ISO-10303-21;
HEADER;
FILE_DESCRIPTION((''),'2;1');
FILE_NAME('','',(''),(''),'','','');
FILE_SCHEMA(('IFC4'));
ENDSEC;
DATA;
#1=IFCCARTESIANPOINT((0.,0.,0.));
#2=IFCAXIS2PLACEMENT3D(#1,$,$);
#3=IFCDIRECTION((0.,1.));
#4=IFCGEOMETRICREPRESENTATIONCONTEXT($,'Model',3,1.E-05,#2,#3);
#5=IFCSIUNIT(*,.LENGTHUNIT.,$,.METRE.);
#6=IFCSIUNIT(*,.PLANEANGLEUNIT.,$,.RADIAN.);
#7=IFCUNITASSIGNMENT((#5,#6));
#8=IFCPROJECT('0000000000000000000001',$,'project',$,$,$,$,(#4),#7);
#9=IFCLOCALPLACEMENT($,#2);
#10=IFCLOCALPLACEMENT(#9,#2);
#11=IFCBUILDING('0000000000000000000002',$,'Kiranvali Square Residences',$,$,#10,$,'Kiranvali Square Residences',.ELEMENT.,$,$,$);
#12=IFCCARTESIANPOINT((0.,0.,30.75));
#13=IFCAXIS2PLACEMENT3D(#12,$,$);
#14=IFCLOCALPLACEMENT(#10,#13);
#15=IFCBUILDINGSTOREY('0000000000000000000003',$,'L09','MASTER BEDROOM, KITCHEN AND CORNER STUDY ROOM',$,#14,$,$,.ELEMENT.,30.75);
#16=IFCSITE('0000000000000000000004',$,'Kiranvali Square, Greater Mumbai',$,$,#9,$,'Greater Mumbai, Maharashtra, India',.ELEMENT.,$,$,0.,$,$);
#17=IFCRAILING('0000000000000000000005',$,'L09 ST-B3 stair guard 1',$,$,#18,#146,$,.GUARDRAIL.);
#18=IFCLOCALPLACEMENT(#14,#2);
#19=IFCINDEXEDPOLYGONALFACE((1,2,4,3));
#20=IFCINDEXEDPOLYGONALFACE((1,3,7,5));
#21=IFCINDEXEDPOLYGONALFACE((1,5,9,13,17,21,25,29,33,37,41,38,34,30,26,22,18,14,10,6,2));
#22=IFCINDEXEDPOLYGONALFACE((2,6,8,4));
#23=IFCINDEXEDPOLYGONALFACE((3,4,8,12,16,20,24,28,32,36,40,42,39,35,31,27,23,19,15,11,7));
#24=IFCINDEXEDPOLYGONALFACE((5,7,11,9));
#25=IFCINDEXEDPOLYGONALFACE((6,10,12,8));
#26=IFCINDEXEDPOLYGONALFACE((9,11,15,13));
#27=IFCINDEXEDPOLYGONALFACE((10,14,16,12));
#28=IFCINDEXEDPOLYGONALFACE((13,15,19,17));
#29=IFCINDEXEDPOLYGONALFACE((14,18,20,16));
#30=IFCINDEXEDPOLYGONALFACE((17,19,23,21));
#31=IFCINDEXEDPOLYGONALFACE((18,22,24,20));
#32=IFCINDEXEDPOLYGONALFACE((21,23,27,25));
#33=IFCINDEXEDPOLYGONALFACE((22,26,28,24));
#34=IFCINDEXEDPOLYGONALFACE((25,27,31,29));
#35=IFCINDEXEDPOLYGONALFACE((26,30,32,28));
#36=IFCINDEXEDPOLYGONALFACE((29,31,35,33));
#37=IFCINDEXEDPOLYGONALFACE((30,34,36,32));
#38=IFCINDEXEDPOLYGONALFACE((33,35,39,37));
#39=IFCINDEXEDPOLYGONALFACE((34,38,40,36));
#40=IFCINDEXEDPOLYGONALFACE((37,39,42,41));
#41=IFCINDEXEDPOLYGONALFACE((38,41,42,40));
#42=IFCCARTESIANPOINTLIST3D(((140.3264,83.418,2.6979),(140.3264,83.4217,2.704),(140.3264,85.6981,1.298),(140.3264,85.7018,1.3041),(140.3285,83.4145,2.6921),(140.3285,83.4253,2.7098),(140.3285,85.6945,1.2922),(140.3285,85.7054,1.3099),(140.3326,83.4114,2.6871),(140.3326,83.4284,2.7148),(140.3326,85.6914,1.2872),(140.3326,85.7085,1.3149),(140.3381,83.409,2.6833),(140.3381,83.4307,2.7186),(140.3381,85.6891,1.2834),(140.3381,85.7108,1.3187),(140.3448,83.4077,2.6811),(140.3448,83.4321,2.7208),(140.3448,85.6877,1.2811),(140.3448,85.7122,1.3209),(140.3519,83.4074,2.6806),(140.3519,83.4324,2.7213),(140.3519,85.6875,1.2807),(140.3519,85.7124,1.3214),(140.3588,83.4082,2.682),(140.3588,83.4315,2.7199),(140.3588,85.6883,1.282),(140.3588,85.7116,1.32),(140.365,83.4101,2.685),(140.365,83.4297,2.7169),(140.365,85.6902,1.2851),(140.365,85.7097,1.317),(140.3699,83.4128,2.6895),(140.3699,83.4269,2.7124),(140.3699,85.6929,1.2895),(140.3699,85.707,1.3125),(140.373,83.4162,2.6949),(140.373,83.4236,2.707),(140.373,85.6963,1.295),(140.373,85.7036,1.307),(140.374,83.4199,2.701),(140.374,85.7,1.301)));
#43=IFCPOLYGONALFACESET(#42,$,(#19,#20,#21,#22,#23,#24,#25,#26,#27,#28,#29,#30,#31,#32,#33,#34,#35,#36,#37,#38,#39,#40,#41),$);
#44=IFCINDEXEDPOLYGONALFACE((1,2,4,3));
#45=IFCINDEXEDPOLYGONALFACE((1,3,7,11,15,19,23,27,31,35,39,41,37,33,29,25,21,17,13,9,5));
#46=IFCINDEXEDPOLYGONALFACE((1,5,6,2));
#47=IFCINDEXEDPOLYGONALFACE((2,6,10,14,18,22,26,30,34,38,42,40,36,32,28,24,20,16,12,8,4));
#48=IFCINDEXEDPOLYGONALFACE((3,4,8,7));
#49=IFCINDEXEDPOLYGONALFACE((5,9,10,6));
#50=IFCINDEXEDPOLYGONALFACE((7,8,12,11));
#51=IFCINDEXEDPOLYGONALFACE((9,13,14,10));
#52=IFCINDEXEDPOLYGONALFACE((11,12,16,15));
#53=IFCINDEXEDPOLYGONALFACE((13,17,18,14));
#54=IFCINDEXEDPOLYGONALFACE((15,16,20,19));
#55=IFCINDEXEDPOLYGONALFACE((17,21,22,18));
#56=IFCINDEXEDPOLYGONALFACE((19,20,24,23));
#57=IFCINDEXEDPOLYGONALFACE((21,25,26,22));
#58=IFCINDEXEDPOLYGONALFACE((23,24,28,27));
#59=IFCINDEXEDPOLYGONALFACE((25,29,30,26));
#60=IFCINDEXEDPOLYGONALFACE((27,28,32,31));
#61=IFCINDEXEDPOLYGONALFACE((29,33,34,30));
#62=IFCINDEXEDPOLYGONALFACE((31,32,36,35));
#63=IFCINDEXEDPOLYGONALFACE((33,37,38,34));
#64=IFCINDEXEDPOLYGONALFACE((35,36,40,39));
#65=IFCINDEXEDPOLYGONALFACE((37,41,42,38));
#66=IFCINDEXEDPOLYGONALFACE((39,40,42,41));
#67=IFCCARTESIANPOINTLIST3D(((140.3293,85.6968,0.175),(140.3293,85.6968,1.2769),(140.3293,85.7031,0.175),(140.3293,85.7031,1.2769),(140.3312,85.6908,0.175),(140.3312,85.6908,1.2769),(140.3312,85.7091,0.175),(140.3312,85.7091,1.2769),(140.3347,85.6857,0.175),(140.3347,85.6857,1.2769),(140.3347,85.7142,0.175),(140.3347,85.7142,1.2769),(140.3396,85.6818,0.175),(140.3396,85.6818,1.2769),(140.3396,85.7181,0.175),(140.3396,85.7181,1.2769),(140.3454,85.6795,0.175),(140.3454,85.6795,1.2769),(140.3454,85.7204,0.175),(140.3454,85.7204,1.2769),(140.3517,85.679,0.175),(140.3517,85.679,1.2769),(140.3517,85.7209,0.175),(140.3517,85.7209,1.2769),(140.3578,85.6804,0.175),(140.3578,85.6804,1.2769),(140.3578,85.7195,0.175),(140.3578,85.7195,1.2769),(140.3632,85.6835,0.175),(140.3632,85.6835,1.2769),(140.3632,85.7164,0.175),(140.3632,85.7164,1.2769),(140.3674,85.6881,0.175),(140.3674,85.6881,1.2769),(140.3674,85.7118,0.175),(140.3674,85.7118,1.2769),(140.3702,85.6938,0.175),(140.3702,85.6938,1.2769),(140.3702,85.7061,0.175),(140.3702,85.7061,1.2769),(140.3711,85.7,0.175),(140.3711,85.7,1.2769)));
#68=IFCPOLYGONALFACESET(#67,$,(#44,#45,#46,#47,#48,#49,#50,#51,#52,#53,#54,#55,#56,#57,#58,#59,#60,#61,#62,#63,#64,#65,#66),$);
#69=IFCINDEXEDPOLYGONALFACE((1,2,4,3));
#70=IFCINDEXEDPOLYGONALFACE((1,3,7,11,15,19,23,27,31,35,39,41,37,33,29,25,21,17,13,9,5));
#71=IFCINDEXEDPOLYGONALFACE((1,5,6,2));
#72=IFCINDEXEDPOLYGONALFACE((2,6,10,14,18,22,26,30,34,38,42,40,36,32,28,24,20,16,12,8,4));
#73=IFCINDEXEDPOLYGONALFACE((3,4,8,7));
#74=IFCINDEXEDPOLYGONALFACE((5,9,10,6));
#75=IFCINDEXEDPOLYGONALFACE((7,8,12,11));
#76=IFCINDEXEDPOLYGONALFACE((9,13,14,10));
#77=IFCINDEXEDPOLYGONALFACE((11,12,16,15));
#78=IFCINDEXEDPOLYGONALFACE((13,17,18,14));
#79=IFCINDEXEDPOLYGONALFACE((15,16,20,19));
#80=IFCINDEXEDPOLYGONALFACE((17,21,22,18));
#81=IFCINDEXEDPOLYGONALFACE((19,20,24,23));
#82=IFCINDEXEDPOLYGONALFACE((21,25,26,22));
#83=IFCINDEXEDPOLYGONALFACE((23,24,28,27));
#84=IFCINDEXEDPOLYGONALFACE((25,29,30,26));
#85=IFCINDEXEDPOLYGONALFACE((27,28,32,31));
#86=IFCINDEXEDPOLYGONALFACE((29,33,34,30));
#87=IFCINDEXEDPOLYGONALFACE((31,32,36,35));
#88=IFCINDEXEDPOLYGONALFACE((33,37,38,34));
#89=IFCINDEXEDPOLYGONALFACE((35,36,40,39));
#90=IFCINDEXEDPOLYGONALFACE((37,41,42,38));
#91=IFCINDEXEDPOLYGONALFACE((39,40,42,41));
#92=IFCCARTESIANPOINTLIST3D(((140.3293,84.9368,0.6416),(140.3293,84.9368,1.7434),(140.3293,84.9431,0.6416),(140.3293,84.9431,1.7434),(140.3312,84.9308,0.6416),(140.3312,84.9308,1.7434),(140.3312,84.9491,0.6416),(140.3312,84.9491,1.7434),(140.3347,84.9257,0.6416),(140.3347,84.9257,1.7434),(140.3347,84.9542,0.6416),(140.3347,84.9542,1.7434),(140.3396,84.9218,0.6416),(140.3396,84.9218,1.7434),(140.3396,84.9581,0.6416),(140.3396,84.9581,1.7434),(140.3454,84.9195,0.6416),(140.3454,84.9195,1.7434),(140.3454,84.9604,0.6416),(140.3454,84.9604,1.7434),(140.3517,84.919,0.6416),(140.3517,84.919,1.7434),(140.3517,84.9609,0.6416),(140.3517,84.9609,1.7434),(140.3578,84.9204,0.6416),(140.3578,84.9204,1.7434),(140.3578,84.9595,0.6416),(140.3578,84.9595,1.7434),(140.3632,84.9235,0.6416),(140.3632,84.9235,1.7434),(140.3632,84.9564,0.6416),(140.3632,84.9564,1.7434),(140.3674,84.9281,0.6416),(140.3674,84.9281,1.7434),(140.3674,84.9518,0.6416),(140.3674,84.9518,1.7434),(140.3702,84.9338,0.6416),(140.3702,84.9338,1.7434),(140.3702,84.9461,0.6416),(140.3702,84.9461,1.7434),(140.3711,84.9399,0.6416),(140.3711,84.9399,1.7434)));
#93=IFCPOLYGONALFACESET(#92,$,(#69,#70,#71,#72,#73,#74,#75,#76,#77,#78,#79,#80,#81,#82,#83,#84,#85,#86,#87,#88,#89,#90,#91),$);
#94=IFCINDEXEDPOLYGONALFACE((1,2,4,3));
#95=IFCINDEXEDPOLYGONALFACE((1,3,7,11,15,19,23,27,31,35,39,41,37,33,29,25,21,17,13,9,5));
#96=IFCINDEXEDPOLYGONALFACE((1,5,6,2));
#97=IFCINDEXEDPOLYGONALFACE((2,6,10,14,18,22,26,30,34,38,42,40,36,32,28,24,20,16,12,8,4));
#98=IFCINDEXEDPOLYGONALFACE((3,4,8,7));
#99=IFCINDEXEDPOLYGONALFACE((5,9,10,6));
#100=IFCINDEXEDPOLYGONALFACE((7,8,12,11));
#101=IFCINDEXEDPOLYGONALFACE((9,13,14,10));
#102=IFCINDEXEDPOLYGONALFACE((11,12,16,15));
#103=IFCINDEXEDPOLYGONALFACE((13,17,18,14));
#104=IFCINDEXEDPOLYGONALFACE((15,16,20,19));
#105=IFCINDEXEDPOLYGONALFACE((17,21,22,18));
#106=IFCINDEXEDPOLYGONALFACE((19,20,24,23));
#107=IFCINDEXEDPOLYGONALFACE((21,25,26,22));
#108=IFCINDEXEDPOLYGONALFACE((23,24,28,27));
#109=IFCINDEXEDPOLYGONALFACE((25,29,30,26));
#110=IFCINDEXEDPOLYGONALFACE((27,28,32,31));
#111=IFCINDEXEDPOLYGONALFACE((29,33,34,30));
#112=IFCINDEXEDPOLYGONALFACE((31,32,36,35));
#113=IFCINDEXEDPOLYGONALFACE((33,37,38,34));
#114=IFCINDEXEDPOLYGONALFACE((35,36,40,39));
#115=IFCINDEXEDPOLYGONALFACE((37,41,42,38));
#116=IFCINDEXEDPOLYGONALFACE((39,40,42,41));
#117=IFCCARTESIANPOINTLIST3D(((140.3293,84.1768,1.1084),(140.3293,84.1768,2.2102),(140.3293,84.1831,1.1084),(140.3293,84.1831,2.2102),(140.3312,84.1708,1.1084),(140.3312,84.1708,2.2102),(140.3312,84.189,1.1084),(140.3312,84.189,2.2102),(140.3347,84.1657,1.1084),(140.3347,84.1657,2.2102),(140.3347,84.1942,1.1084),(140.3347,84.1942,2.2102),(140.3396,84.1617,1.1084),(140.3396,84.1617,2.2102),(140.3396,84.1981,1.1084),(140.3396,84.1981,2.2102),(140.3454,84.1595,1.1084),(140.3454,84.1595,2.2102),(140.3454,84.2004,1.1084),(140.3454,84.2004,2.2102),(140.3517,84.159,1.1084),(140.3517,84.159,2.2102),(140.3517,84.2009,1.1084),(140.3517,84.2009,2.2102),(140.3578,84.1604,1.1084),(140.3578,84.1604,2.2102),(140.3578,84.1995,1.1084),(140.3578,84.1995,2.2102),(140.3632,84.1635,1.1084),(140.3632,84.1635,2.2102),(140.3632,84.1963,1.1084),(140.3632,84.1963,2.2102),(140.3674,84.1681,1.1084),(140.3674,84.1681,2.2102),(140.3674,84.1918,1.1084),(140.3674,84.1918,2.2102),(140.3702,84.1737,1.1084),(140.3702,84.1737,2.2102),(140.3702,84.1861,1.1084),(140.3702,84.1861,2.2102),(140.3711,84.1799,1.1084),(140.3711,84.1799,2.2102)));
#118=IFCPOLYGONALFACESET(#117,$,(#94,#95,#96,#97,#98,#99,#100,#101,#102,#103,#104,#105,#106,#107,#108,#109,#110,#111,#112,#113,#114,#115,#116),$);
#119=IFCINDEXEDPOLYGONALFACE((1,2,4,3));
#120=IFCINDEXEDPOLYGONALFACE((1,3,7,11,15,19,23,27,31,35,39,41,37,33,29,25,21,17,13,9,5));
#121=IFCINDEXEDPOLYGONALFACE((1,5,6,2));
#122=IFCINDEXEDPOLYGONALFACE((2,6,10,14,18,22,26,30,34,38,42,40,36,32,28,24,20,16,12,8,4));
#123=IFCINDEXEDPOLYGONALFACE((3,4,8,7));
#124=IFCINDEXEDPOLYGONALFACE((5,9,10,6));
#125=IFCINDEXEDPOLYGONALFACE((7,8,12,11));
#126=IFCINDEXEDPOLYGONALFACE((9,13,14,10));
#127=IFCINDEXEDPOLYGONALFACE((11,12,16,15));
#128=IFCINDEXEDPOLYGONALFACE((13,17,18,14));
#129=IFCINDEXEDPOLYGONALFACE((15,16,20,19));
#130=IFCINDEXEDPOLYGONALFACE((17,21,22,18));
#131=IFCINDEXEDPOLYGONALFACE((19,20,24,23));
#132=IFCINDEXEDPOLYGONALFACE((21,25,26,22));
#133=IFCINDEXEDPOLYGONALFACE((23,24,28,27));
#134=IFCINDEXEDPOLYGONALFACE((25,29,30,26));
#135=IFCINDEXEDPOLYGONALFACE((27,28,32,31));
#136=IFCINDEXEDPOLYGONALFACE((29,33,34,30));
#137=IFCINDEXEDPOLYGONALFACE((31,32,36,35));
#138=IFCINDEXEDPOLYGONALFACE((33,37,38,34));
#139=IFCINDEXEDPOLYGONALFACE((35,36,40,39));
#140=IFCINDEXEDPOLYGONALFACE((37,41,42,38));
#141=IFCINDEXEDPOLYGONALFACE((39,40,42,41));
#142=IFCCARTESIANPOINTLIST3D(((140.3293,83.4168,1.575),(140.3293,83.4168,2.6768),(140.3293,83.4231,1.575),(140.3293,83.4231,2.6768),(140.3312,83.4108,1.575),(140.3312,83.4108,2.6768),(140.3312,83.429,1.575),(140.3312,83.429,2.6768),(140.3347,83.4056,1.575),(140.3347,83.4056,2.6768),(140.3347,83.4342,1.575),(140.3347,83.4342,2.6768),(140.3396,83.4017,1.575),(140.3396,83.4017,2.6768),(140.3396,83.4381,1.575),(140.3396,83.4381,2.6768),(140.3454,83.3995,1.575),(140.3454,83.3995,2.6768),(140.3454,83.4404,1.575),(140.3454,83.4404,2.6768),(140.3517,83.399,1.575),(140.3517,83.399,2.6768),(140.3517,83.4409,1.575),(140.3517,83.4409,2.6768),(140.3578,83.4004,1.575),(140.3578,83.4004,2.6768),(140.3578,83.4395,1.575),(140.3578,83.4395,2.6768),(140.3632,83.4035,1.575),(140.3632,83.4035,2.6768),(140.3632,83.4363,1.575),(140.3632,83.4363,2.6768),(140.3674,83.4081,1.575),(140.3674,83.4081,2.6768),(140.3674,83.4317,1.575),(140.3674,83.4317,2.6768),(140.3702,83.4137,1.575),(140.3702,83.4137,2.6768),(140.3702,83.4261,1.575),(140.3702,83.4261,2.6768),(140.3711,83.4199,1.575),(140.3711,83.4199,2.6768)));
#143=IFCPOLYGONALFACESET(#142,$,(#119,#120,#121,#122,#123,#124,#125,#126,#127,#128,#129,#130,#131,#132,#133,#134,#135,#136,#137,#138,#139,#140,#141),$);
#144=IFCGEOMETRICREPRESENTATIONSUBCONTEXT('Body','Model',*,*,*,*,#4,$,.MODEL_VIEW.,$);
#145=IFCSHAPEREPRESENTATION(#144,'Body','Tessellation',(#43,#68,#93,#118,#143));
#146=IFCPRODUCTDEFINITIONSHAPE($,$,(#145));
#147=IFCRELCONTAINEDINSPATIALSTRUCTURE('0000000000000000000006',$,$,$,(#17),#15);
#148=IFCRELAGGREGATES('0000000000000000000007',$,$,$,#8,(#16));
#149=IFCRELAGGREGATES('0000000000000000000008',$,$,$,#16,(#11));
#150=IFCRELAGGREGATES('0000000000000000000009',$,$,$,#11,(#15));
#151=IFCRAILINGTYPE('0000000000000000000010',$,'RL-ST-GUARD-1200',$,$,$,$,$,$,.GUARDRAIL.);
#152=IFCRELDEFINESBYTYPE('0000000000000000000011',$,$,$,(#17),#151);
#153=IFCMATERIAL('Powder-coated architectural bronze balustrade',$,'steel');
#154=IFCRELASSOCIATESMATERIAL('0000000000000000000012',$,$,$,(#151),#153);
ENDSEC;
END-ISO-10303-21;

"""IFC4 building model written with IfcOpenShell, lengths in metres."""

from ifc_helpers import new_model, si_unit, direction, frame, origin, origin_2d, place, context, subcontext, project, spatial, circle, extrude, material, type_object, element, save


model = new_model("IFC4")

# Units and contexts
model_context = context("Model", 3, precision=1e-05, world=origin(), true_north=direction((0.0, 1.0)))
body_context = subcontext(model_context, "Body", "Model", "MODEL_VIEW")
ifc_project = project(units=[si_unit("LENGTHUNIT", "METRE"), si_unit("PLANEANGLEUNIT", "RADIAN")], contexts=[model_context])

# Site, building, storey
site_placement = place(None, origin())
site = spatial("IfcSite", under=ifc_project, at=site_placement, Name="Kiranvali Square, Greater Mumbai", LongName="Greater Mumbai, Maharashtra, India", CompositionType="ELEMENT", RefElevation=0.0)
building_placement = place(site_placement, origin())
building = spatial("IfcBuilding", under=site, at=building_placement, Name="Kiranvali Square Residences", LongName="Kiranvali Square Residences", CompositionType="ELEMENT")
storey_placement = place(building_placement, frame((0.0, 0.0, 30.75)))
storey = spatial("IfcBuildingStorey", under=building, at=storey_placement, Name="L09", Description="MASTER BEDROOM, KITCHEN AND CORNER STUDY ROOM", CompositionType="ELEMENT", Elevation=30.75)

# Railing
ifc_material_1 = material(Name="Powder-coated architectural bronze balustrade", Category="steel")
railing_type_1 = type_object("IfcRailingType", Name="RL-ST-GUARD-1200", PredefinedType="GUARDRAIL", material=ifc_material_1)
railing_1_placement = place(storey_placement, frame((140.3501, 85.7, 0.175)))
element("IfcRailing", 1, at=railing_1_placement, inside=storey, type_object=railing_type_1, Name="L09 ST-B3 stair guard 1", PredefinedType="GUARDRAIL", context=body_context, shape_type="SweptSolid", body=[
    extrude(circle(Radius=0.0239, at=origin_2d()), frame((0.0, 0.0, 1.126), z_axis=(0.0, -0.85219, 0.523232), x_axis=(1.0, 0.0, 0.0)), (0.0, 0.0, 1.0), 2.6755),
    extrude(circle(Radius=0.021, at=origin_2d()), origin(), (0.0, 0.0, 1.0), 1.1018),
    extrude(circle(Radius=0.021, at=origin_2d()), frame((0.0, -0.76, 0.4666)), (0.0, 0.0, 1.0), 1.1018),
    extrude(circle(Radius=0.021, at=origin_2d()), frame((0.0, -1.52, 0.9333)), (0.0, 0.0, 1.0), 1.1018),
    extrude(circle(Radius=0.021, at=origin_2d()), frame((0.0, -2.28, 1.3999)), (0.0, 0.0, 1.0), 1.1018),
])

save(model, "model.ifc")
